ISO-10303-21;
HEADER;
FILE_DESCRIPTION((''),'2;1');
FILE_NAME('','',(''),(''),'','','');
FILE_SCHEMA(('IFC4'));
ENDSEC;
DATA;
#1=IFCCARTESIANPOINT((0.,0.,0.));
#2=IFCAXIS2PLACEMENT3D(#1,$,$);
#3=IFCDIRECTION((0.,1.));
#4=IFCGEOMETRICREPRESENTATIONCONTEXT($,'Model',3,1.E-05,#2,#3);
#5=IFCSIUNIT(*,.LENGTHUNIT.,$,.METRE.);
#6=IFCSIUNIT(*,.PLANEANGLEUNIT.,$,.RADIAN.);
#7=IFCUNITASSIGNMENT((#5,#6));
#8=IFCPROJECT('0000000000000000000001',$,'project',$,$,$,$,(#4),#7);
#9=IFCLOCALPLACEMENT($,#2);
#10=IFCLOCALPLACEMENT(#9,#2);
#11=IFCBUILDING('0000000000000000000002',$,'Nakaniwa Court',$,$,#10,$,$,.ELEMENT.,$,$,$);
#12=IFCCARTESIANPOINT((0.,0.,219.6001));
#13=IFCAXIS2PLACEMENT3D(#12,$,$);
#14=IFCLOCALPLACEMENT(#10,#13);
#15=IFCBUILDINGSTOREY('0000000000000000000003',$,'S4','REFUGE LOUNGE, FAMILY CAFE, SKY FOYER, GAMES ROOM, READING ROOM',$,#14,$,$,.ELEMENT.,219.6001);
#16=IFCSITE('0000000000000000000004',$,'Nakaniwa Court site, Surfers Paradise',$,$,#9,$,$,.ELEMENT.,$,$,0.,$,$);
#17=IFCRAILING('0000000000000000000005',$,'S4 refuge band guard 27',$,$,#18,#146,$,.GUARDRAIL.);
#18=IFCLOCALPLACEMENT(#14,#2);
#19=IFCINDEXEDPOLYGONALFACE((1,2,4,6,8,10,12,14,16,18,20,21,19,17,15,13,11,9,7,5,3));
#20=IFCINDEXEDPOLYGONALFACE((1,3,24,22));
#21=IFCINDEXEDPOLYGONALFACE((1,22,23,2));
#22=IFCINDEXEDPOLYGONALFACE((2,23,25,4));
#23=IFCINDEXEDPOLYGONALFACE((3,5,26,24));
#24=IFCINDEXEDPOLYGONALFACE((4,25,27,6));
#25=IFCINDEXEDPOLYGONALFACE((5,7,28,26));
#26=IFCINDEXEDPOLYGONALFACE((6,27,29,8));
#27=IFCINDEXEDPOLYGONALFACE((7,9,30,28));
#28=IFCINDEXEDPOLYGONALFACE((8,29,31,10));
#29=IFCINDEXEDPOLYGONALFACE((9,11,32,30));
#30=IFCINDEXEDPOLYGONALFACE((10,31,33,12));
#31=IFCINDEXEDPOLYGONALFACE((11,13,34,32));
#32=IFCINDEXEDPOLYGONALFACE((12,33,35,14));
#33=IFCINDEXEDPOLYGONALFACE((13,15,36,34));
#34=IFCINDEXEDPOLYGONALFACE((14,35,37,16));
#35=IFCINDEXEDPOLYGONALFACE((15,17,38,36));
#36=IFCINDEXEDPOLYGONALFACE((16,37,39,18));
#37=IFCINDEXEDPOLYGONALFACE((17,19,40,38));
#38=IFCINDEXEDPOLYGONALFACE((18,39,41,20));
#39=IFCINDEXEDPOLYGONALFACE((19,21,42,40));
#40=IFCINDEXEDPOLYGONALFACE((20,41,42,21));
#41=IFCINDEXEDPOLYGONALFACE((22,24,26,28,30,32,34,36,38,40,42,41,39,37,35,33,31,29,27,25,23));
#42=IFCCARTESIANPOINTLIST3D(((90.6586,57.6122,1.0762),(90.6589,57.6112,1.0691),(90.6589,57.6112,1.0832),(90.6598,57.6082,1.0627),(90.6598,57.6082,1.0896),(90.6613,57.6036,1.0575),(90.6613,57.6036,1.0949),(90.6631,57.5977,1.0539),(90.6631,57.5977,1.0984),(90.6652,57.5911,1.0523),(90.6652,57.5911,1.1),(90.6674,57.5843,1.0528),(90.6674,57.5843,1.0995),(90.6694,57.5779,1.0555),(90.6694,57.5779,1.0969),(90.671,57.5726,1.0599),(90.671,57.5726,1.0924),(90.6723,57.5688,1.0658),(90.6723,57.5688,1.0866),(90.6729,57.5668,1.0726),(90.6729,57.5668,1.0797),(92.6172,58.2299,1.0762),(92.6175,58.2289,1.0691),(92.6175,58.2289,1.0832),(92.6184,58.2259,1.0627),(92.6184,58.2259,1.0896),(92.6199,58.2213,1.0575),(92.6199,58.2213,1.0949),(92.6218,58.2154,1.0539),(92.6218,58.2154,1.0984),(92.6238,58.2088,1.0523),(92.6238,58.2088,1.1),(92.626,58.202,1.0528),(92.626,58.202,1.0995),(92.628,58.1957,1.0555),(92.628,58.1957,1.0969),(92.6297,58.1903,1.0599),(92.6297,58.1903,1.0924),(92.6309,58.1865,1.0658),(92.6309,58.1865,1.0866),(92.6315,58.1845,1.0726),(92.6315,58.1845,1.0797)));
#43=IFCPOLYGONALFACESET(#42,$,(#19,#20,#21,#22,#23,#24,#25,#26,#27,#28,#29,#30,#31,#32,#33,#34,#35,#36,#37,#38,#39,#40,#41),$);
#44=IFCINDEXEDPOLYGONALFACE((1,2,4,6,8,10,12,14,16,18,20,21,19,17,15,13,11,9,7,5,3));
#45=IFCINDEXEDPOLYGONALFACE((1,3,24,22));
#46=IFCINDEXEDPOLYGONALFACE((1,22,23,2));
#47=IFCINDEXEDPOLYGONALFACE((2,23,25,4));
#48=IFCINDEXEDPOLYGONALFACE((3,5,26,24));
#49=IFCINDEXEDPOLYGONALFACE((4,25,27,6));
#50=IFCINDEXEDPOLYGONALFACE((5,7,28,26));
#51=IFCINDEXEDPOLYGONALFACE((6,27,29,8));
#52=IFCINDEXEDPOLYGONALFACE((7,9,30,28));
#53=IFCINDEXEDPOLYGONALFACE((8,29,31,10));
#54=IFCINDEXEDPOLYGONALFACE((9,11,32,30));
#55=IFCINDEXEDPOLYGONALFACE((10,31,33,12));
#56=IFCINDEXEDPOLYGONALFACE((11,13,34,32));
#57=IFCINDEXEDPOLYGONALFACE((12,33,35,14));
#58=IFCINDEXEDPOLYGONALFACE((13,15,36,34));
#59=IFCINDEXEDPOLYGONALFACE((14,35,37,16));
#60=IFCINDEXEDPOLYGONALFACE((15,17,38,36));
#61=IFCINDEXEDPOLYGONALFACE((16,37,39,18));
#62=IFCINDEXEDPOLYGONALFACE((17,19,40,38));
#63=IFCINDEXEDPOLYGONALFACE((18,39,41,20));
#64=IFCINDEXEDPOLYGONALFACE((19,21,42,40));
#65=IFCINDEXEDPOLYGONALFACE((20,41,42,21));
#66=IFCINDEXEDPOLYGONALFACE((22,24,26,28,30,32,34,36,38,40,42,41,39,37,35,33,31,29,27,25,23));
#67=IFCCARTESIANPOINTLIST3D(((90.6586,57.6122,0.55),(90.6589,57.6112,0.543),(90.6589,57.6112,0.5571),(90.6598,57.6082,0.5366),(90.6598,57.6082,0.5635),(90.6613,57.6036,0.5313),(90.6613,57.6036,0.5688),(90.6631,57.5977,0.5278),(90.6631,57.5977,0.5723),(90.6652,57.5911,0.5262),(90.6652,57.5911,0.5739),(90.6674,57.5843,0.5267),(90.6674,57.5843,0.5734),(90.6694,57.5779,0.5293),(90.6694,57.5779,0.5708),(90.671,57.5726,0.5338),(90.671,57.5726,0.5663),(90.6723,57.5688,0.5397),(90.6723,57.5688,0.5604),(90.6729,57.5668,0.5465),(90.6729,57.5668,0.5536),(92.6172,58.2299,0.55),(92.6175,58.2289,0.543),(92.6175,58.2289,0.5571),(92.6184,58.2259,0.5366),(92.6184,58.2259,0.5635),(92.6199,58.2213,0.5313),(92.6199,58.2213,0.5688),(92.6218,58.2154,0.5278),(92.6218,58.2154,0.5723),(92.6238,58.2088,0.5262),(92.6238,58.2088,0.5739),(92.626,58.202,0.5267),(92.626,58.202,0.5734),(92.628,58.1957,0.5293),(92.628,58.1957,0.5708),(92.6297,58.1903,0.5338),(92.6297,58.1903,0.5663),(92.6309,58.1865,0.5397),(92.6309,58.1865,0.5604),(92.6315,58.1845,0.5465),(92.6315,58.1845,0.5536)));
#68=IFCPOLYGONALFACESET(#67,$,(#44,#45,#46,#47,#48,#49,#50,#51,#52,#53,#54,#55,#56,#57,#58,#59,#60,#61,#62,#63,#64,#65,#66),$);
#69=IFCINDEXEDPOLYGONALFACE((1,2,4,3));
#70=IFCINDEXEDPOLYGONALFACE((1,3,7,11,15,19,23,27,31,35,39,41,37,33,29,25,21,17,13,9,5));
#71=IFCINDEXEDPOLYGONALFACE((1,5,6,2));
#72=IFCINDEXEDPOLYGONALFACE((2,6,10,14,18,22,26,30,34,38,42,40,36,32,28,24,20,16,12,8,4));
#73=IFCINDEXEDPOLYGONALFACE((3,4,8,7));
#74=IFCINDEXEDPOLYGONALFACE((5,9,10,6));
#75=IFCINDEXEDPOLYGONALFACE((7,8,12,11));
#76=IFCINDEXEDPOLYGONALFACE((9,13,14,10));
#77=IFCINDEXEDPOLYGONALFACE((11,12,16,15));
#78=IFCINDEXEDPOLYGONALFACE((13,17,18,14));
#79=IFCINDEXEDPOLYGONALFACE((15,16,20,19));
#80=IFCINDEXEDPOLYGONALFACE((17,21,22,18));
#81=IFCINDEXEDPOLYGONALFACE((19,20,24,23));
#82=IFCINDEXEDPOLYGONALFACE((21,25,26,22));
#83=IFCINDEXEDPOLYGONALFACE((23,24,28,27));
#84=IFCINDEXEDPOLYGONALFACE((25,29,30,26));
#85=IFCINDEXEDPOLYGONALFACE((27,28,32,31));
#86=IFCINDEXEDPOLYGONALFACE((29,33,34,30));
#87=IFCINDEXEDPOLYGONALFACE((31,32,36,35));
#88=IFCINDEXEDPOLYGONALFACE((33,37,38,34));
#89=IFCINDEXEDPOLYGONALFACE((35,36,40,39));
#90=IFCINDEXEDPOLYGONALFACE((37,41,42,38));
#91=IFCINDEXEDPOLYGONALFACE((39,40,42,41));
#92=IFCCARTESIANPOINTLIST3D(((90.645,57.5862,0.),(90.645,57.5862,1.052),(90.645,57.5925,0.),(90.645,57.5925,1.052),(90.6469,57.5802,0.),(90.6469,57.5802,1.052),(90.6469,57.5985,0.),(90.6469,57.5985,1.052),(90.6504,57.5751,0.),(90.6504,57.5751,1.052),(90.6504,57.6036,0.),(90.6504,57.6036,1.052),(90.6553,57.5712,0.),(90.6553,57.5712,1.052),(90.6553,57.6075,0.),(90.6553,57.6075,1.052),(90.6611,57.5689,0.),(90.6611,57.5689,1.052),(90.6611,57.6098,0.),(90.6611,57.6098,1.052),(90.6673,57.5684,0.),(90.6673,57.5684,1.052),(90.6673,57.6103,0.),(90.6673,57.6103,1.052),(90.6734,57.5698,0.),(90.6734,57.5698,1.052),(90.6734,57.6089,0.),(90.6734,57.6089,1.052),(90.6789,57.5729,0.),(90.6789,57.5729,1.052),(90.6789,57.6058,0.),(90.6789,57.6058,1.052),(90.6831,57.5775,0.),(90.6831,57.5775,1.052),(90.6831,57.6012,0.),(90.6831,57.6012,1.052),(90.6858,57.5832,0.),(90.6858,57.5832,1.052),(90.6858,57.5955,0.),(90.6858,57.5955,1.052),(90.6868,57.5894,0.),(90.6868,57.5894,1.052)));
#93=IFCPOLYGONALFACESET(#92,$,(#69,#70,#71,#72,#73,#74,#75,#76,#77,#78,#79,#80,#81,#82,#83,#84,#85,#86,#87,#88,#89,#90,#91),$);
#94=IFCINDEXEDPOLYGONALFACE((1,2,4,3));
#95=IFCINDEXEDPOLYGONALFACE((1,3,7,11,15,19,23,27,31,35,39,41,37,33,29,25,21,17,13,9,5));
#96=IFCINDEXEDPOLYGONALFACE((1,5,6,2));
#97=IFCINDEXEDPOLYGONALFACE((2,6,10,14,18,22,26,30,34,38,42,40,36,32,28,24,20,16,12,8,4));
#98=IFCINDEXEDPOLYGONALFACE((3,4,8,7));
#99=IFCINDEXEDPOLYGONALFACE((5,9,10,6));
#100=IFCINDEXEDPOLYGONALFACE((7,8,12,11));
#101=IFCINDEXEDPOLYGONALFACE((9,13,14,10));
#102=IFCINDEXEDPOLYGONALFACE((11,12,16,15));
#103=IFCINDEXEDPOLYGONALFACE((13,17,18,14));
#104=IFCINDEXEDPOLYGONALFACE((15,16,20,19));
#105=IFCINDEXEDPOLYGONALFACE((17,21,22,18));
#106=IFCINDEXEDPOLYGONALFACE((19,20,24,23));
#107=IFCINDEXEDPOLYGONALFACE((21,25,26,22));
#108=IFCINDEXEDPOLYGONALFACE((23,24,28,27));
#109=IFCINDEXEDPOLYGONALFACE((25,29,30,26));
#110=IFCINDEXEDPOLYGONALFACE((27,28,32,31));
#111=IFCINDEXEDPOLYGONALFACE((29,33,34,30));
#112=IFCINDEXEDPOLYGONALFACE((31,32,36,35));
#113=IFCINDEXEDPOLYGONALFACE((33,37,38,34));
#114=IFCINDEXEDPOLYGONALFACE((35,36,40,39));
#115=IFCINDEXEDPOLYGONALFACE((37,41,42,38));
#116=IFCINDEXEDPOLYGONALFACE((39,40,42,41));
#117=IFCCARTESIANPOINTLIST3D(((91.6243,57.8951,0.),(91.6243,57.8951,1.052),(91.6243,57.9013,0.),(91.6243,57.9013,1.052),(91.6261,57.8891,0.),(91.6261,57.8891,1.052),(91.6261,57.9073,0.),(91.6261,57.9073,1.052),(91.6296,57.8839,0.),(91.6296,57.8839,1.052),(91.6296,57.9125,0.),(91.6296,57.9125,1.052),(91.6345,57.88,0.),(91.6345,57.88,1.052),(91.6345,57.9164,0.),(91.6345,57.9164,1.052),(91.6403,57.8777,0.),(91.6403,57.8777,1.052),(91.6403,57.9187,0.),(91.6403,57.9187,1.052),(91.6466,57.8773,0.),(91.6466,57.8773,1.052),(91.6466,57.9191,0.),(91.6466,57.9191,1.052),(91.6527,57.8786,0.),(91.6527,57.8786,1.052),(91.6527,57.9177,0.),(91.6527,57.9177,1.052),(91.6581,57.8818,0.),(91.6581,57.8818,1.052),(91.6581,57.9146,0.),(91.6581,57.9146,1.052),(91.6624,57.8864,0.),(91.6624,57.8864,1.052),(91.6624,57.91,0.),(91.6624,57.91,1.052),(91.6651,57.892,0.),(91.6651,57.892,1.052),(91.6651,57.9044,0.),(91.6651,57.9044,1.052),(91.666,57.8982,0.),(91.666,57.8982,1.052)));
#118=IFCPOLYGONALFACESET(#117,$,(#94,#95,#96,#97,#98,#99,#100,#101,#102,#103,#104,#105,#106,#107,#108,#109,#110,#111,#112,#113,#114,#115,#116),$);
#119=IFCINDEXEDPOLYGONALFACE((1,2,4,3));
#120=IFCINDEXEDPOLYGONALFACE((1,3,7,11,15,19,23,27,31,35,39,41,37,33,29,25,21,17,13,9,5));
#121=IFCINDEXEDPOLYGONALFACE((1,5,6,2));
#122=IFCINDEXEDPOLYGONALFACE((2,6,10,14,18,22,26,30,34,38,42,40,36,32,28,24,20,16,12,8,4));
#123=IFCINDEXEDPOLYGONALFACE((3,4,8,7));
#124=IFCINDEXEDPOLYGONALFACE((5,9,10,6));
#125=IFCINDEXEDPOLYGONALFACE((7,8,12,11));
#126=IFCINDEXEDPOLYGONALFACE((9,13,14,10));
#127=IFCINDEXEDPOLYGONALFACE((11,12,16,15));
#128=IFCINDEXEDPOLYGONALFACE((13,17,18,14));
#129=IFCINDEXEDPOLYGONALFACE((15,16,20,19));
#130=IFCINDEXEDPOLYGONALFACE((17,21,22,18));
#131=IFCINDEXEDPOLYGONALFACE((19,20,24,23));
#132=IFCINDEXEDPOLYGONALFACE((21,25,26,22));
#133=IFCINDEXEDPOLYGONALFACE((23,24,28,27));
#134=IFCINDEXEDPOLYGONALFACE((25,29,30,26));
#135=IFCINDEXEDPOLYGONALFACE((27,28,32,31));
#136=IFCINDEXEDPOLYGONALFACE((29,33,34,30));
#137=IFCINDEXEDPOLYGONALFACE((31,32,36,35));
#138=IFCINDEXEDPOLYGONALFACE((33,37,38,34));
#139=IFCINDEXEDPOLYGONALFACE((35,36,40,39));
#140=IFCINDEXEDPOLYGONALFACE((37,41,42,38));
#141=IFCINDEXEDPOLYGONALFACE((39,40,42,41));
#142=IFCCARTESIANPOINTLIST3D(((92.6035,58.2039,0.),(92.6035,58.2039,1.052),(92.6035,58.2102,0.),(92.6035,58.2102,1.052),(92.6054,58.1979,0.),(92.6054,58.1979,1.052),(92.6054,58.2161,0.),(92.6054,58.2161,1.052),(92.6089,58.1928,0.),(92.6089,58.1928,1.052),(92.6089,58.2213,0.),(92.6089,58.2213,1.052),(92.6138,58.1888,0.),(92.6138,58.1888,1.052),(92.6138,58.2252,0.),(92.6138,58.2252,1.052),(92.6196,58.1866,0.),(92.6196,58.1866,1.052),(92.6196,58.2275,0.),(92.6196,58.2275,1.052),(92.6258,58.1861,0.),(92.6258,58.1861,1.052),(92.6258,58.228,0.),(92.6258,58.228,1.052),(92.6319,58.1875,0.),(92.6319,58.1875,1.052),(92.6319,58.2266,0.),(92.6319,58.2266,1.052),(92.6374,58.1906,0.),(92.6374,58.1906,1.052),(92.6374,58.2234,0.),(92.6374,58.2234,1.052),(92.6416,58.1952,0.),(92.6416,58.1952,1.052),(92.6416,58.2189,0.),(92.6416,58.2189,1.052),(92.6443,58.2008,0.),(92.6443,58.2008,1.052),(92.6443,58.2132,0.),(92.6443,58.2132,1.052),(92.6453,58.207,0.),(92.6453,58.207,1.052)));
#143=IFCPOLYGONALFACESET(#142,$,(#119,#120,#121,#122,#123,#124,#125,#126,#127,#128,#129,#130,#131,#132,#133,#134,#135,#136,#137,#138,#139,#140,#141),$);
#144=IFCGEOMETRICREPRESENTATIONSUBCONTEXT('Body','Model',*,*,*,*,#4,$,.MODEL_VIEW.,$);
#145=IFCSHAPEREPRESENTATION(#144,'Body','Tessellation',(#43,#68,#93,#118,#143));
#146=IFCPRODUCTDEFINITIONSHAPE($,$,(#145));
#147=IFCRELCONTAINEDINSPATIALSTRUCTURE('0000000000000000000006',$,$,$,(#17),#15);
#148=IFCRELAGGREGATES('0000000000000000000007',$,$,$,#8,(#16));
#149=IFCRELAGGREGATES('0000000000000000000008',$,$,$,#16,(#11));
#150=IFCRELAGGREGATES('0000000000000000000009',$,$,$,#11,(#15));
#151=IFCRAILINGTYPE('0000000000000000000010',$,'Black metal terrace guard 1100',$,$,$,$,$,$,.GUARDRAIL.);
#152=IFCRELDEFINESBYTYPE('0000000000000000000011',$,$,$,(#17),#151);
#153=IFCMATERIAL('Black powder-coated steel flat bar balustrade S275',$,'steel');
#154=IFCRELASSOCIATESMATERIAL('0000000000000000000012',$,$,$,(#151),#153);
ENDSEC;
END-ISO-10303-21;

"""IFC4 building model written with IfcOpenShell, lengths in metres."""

from ifc_helpers import new_model, si_unit, direction, frame, origin, origin_2d, place, context, subcontext, project, spatial, circle, extrude, material, type_object, element, save


model = new_model("IFC4")

# Units and contexts
model_context = context("Model", 3, precision=1e-05, world=origin(), true_north=direction((0.0, 1.0)))
body_context = subcontext(model_context, "Body", "Model", "MODEL_VIEW")
ifc_project = project(units=[si_unit("LENGTHUNIT", "METRE"), si_unit("PLANEANGLEUNIT", "RADIAN")], contexts=[model_context])

# Site, building, storey
site_placement = place(None, origin())
site = spatial("IfcSite", under=ifc_project, at=site_placement, Name="Nakaniwa Court site, Surfers Paradise", CompositionType="ELEMENT", RefElevation=0.0)
building_placement = place(site_placement, origin())
building = spatial("IfcBuilding", under=site, at=building_placement, Name="Nakaniwa Court", CompositionType="ELEMENT")
storey_placement = place(building_placement, frame((0.0, 0.0, 219.6001)))
storey = spatial("IfcBuildingStorey", under=building, at=storey_placement, Name="S4", Description="REFUGE LOUNGE, FAMILY CAFE, SKY FOYER, GAMES ROOM, READING ROOM", CompositionType="ELEMENT", Elevation=219.6001)

# Railing
ifc_material_1 = material(Name="Black powder-coated steel flat bar balustrade S275", Category="steel")
railing_type = type_object("IfcRailingType", Name="Black metal terrace guard 1100", PredefinedType="GUARDRAIL", material=ifc_material_1)
railing_1_placement = place(storey_placement, frame((90.6658, 57.5894, 0.0)))
element("IfcRailing", 1, at=railing_1_placement, inside=storey, type_object=railing_type, Name="S4 refuge band guard 27", PredefinedType="GUARDRAIL", context=body_context, shape_type="SweptSolid", body=[
    extrude(circle(Radius=0.0239, at=origin_2d()), frame((0.0, 0.0, 1.0762), z_axis=(0.953694, 0.300779, 0.0), x_axis=(-0.300779, 0.953694, 0.0)), (0.0, 0.0, 1.0), 2.0537),
    extrude(circle(Radius=0.0239, at=origin_2d()), frame((0.0, 0.0, 0.55), z_axis=(0.953694, 0.300779, 0.0), x_axis=(-0.300779, 0.953694, 0.0)), (0.0, 0.0, 1.0), 2.0537),
    extrude(circle(Radius=0.021, at=origin_2d()), origin(), (0.0, 0.0, 1.0), 1.052),
    extrude(circle(Radius=0.021, at=origin_2d()), frame((0.9792, 0.3088, 0.0)), (0.0, 0.0, 1.0), 1.052),
    extrude(circle(Radius=0.021, at=origin_2d()), frame((1.9585, 0.6177, 0.0)), (0.0, 0.0, 1.0), 1.052),
])

save(model, "model.ifc")
